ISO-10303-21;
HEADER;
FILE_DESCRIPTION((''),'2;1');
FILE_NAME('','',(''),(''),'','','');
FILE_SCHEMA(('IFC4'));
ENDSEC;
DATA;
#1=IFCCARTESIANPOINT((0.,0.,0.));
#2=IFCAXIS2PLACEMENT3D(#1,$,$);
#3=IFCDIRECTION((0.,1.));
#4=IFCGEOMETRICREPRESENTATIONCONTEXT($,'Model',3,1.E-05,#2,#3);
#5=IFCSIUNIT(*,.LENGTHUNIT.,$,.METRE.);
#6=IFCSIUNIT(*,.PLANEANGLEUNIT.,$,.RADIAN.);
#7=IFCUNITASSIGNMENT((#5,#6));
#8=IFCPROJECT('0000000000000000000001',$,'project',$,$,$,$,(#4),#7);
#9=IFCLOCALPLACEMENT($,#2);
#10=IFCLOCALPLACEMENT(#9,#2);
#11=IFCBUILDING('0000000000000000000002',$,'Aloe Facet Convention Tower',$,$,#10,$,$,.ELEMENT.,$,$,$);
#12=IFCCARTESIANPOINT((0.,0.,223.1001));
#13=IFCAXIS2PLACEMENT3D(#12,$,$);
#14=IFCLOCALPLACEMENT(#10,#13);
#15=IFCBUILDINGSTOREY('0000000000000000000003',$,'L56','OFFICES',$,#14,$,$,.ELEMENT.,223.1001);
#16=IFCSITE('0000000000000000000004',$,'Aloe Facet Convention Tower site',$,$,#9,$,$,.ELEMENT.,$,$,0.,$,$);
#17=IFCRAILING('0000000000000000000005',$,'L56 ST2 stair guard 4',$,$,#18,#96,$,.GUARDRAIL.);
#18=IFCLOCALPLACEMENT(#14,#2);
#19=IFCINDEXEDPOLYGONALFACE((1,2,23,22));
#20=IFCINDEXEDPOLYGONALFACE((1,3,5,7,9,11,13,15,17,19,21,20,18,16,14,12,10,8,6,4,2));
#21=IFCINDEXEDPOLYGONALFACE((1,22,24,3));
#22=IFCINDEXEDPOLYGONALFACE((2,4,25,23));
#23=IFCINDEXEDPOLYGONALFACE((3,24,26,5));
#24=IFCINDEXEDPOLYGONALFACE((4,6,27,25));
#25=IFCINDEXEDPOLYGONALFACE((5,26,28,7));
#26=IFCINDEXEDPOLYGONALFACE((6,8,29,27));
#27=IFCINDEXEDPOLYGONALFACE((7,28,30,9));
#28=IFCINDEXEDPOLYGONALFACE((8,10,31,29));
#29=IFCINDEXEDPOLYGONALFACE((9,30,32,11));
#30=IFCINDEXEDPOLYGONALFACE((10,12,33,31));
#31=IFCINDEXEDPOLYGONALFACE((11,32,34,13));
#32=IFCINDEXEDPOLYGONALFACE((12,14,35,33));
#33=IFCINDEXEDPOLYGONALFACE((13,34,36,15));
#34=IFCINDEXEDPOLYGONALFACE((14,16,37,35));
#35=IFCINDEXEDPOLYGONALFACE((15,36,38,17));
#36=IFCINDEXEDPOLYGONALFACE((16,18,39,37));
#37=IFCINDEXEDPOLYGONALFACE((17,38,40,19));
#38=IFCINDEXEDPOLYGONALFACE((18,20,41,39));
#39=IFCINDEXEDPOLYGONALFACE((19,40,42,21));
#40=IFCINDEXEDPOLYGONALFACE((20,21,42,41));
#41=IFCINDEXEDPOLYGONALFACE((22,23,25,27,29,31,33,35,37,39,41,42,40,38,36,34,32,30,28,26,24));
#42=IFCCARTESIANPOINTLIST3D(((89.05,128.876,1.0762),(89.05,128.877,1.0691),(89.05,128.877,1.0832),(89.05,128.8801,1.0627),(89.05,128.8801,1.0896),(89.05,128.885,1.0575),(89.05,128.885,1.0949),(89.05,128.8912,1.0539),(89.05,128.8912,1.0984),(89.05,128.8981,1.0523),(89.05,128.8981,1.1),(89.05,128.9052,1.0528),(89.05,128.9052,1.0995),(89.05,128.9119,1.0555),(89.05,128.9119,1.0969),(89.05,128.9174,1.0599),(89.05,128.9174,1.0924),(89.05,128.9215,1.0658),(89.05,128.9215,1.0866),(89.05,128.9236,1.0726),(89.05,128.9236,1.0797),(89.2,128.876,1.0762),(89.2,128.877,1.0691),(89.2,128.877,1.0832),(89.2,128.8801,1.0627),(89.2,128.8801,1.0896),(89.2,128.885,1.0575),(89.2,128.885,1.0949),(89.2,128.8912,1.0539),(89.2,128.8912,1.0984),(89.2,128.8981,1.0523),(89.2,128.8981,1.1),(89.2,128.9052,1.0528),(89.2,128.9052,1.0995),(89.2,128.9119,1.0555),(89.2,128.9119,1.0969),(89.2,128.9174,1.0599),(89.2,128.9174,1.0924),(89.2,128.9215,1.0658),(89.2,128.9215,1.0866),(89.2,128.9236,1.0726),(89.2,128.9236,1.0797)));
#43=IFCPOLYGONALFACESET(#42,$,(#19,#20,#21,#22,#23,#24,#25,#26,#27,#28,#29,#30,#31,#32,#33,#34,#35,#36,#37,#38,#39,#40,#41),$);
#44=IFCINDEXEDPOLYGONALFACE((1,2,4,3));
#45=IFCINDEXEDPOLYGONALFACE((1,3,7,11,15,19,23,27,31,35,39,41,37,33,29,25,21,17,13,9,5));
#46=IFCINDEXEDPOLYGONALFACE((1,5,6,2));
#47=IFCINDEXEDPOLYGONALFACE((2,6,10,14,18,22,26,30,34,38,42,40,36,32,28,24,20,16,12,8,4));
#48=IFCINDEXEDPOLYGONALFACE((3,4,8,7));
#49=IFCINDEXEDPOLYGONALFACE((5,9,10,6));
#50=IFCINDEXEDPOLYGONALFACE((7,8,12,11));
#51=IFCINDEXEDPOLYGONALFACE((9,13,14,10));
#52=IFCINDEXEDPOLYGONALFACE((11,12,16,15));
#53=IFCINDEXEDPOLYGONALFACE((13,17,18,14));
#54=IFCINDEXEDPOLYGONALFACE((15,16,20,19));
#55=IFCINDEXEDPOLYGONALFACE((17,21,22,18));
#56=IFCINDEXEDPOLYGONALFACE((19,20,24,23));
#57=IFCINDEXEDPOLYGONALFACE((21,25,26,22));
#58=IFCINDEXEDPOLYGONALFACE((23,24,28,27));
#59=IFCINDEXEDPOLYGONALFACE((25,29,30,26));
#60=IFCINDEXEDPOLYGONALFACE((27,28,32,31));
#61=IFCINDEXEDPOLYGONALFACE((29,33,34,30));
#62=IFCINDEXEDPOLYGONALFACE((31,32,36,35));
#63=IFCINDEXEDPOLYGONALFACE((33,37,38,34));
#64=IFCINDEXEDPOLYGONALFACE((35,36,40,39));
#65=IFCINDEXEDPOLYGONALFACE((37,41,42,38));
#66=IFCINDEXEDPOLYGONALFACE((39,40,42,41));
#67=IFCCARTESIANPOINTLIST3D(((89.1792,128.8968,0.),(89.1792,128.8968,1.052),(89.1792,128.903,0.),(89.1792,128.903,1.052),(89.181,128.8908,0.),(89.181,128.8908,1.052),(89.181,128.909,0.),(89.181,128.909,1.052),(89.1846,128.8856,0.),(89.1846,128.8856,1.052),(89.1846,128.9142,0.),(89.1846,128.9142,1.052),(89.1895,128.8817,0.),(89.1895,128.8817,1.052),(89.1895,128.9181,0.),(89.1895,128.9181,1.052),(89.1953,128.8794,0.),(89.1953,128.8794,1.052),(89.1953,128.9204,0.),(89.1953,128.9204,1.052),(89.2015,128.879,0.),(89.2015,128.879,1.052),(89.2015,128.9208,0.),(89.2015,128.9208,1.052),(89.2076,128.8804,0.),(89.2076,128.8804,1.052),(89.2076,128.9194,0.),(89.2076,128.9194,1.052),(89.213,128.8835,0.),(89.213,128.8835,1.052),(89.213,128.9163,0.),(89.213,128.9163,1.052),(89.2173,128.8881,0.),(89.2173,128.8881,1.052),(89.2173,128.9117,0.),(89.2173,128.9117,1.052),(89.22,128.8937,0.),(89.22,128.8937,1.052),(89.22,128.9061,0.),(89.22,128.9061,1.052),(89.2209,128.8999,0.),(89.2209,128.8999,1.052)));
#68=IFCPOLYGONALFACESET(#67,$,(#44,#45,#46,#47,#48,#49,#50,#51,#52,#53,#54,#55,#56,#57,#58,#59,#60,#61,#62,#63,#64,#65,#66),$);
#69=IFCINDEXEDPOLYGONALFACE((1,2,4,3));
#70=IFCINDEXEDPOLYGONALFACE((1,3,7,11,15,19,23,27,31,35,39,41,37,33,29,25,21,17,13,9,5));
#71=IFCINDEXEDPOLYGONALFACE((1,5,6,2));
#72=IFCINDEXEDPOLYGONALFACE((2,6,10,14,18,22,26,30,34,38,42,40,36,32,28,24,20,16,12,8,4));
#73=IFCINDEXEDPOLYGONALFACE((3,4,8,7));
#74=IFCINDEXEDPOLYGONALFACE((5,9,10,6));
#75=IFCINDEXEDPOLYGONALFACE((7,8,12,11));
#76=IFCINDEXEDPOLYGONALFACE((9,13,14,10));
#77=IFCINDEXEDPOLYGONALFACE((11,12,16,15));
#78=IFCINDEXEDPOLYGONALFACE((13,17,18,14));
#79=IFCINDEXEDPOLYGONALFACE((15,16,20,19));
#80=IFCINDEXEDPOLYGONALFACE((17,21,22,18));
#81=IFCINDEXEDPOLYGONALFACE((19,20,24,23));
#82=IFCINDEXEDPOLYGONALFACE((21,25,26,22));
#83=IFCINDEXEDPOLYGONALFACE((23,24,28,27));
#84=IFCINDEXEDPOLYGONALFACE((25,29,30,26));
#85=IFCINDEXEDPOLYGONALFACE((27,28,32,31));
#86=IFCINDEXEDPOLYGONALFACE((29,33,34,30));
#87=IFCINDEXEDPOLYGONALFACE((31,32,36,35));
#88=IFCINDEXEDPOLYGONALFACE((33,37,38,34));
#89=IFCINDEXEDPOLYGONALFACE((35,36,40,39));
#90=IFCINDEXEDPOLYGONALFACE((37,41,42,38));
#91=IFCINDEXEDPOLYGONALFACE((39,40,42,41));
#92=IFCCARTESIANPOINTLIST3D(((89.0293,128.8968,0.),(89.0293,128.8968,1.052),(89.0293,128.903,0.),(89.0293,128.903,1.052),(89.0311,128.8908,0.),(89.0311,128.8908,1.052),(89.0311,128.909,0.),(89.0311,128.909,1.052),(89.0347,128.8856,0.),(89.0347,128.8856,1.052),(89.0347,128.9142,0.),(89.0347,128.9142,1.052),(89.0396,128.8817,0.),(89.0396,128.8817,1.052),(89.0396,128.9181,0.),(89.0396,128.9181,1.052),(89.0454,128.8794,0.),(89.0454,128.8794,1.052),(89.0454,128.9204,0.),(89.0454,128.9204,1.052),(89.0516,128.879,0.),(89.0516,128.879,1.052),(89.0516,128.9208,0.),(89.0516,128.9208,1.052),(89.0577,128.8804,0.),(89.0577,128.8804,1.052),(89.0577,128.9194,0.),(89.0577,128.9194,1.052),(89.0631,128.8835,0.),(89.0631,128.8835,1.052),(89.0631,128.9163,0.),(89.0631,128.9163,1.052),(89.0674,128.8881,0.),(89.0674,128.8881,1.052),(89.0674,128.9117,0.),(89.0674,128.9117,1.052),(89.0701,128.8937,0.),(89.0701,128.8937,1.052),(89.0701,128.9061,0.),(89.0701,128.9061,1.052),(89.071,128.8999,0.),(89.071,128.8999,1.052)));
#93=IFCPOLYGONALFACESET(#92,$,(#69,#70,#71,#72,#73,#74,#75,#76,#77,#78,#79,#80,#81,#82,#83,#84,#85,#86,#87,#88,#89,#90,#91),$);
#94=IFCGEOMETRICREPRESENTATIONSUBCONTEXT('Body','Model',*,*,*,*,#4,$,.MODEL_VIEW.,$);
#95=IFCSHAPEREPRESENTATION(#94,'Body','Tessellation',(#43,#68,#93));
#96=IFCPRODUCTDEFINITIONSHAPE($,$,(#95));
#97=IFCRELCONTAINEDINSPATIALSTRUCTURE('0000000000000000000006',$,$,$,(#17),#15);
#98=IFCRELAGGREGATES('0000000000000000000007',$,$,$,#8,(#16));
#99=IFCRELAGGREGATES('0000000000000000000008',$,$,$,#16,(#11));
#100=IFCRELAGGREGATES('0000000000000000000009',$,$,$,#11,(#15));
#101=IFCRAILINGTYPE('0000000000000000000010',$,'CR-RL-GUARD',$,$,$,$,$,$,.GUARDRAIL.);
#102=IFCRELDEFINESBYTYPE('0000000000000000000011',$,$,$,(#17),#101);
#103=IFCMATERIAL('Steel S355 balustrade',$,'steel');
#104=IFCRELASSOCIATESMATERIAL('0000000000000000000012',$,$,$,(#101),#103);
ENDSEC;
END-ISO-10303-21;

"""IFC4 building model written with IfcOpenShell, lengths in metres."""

from ifc_helpers import new_model, si_unit, direction, frame, origin, origin_2d, place, context, subcontext, project, spatial, circle, extrude, material, type_object, element, save


model = new_model("IFC4")

# Units and contexts
model_context = context("Model", 3, precision=1e-05, world=origin(), true_north=direction((0.0, 1.0)))
body_context = subcontext(model_context, "Body", "Model", "MODEL_VIEW")
ifc_project = project(units=[si_unit("LENGTHUNIT", "METRE"), si_unit("PLANEANGLEUNIT", "RADIAN")], contexts=[model_context])

# Site, building, storey
site_placement = place(None, origin())
site = spatial("IfcSite", under=ifc_project, at=site_placement, Name="Aloe Facet Convention Tower site", CompositionType="ELEMENT", RefElevation=0.0)
building_placement = place(site_placement, origin())
building = spatial("IfcBuilding", under=site, at=building_placement, Name="Aloe Facet Convention Tower", CompositionType="ELEMENT")
storey_placement = place(building_placement, frame((0.0, 0.0, 223.1001)))
storey = spatial("IfcBuildingStorey", under=building, at=storey_placement, Name="L56", Description="OFFICES", CompositionType="ELEMENT", Elevation=223.1001)

# Railing
ifc_material_1 = material(Name="Steel S355 balustrade", Category="steel")
railing_type_1 = type_object("IfcRailingType", Name="CR-RL-GUARD", PredefinedType="GUARDRAIL", material=ifc_material_1)
railing_1_placement = place(storey_placement, frame((89.2, 128.8999, 0.0)))
element("IfcRailing", 1, at=railing_1_placement, inside=storey, type_object=railing_type_1, Name="L56 ST2 stair guard 4", PredefinedType="GUARDRAIL", context=body_context, shape_type="SweptSolid", body=[
    extrude(circle(Radius=0.0239, at=origin_2d()), frame((0.0, 0.0, 1.0762), z_axis=(-1.0, 0.0, 0.0), x_axis=(0.0, -1.0, 0.0)), (0.0, 0.0, 1.0), 0.1499),
    extrude(circle(Radius=0.021, at=origin_2d()), origin(), (0.0, 0.0, 1.0), 1.052),
    extrude(circle(Radius=0.021, at=origin_2d()), frame((-0.1499, 0.0, 0.0)), (0.0, 0.0, 1.0), 1.052),
])

save(model, "model.ifc")
